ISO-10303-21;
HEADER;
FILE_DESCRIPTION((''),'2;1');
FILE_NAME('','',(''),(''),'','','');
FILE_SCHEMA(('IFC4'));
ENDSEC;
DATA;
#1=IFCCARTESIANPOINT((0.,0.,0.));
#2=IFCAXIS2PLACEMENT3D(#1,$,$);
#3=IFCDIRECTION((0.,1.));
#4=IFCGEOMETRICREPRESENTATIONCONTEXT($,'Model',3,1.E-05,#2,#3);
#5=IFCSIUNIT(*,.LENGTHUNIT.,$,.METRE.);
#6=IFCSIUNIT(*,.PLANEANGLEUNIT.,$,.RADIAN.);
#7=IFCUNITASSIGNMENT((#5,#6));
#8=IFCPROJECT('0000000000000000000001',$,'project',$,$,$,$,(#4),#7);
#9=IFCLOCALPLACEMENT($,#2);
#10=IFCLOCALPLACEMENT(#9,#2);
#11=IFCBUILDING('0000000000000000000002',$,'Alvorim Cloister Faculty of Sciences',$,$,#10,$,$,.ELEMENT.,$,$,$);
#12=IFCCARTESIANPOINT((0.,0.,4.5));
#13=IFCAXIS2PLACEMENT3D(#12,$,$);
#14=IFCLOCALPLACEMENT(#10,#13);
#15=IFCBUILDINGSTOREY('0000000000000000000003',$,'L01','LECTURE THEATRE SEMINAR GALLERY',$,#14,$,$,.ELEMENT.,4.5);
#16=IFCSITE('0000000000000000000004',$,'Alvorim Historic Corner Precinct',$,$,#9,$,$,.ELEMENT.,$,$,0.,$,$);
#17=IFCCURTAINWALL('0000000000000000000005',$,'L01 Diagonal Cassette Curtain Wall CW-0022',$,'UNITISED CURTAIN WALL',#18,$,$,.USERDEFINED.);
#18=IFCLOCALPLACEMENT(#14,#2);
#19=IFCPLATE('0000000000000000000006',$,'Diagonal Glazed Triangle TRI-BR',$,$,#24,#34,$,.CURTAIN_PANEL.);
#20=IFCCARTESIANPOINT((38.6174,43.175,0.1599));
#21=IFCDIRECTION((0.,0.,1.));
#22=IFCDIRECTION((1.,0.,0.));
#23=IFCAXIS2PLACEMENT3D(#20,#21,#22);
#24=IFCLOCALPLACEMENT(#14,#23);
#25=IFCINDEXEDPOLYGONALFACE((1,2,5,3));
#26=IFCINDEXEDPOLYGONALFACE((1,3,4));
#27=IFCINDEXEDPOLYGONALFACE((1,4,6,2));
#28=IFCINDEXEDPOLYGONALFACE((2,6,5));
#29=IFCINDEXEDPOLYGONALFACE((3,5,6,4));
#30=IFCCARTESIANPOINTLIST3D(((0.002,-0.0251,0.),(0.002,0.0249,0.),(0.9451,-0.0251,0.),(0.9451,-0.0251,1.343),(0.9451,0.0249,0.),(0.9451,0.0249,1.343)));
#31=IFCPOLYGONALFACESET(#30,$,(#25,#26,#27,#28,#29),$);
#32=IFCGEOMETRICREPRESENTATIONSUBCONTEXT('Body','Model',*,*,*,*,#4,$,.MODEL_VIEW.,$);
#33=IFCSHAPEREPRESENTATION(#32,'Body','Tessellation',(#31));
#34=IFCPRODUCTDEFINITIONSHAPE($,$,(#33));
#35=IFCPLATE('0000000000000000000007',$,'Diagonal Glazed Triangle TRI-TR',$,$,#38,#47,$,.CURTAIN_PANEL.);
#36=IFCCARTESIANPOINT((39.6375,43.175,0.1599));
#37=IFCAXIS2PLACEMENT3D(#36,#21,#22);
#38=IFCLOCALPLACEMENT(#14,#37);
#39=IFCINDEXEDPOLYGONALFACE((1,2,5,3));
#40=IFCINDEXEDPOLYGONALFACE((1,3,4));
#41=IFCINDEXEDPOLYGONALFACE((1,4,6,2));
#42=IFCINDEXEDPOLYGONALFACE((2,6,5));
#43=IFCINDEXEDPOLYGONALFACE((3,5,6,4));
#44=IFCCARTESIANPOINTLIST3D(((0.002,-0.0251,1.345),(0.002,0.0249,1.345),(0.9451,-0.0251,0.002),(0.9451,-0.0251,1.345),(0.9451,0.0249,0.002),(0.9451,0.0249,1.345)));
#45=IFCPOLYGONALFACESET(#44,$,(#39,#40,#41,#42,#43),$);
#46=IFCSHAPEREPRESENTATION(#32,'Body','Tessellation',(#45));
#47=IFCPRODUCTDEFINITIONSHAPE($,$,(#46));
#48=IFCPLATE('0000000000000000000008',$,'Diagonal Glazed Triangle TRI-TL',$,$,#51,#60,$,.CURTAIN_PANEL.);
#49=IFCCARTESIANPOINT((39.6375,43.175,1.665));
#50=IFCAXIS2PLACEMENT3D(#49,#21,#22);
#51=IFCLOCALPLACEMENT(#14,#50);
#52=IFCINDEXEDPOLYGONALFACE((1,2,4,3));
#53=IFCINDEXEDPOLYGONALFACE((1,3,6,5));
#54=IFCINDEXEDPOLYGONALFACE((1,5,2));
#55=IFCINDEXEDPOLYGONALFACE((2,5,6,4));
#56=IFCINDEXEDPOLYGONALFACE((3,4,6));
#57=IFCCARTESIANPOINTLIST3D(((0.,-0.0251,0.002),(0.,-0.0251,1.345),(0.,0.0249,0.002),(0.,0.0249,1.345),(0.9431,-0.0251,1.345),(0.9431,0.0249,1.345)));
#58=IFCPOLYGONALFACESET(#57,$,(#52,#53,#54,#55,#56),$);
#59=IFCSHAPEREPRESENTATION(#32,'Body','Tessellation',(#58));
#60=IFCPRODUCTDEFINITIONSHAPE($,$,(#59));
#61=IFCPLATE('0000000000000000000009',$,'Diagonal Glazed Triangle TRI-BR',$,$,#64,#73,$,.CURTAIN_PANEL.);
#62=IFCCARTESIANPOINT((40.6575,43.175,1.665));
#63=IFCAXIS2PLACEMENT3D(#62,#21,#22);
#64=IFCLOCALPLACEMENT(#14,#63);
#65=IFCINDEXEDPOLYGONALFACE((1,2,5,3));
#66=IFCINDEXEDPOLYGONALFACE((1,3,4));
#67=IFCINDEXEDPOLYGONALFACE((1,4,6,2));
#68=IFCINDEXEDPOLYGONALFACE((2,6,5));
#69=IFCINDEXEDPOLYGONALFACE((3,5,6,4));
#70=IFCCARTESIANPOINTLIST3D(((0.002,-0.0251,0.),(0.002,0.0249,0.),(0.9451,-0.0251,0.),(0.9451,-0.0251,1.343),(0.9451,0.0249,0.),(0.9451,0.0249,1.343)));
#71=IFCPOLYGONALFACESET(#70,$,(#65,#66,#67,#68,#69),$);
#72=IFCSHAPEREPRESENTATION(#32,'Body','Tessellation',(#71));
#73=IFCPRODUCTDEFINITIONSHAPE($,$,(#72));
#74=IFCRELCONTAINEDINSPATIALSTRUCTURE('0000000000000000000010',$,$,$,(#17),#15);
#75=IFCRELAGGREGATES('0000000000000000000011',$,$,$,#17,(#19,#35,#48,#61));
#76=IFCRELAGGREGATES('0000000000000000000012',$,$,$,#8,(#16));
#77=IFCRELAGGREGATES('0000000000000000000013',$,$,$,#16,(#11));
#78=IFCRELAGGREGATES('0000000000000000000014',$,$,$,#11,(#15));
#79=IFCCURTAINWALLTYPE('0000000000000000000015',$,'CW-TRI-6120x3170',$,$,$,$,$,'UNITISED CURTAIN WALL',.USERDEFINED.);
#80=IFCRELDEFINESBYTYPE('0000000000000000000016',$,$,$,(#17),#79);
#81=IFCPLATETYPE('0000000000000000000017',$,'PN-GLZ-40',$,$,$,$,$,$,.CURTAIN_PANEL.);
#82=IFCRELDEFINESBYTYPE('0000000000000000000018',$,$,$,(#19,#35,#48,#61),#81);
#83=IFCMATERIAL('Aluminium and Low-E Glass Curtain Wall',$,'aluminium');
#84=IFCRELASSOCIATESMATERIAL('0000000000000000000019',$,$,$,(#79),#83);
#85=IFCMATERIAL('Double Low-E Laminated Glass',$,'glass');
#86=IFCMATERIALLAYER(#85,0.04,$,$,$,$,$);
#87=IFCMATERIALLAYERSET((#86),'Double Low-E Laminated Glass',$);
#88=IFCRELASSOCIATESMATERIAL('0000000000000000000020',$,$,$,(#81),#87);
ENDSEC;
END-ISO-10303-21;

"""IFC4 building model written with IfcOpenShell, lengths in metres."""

from ifc_helpers import new_model, si_unit, direction, frame, origin, place, context, subcontext, project, spatial, polyline, outline, extrude, material, layer, layer_set, type_object, element, aggregate, save


model = new_model("IFC4")

# Units and contexts
model_context = context("Model", 3, precision=1e-05, world=origin(), true_north=direction((0.0, 1.0)))
body_context = subcontext(model_context, "Body", "Model", "MODEL_VIEW")
ifc_project = project(units=[si_unit("LENGTHUNIT", "METRE"), si_unit("PLANEANGLEUNIT", "RADIAN")], contexts=[model_context])

# Site, building, storey
site_placement = place(None, origin())
site = spatial("IfcSite", under=ifc_project, at=site_placement, Name="Alvorim Historic Corner Precinct", CompositionType="ELEMENT", RefElevation=0.0)
building_placement = place(site_placement, origin())
building = spatial("IfcBuilding", under=site, at=building_placement, Name="Alvorim Cloister Faculty of Sciences", CompositionType="ELEMENT")
storey_placement = place(building_placement, frame((0.0, 0.0, 4.5)))
storey = spatial("IfcBuildingStorey", under=building, at=storey_placement, Name="L01", Description="LECTURE THEATRE SEMINAR GALLERY", CompositionType="ELEMENT", Elevation=4.5)

# Curtain wall, plates
ifc_material_1 = material(Name="Aluminium and Low-E Glass Curtain Wall", Category="aluminium")
curtain_wall_type = type_object("IfcCurtainWallType", Name="CW-TRI-6120x3170", ElementType="UNITISED CURTAIN WALL", PredefinedType="USERDEFINED", material=ifc_material_1)
curtain_wall_placement = place(storey_placement, origin())
curtain_wall = element("IfcCurtainWall", 1, at=curtain_wall_placement, inside=storey, type_object=curtain_wall_type, Name="L01 Diagonal Cassette Curtain Wall CW-0022", ObjectType="UNITISED CURTAIN WALL", PredefinedType="USERDEFINED")
ifc_material_2 = material(Name="Double Low-E Laminated Glass", Category="glass")
ifc_layer = layer(ifc_material_2, 0.04)
ifc_layer_set = layer_set([ifc_layer], Name="Double Low-E Laminated Glass")
plate_type = type_object("IfcPlateType", Name="PN-GLZ-40", PredefinedType="CURTAIN_PANEL", material=ifc_layer_set)
plate_1_placement = place(storey_placement, frame((38.6174, 43.175, 0.1599), z_axis=(0.0, 0.0, 1.0), x_axis=(1.0, 0.0, 0.0)))
plate_1 = element("IfcPlate", 2, at=plate_1_placement, type_object=plate_type, Name="Diagonal Glazed Triangle TRI-BR", PredefinedType="CURTAIN_PANEL", context=body_context, shape_type="SweptSolid", body=[
    extrude(outline(polyline([(0.002, 0.0), (0.9451, 0.0), (0.9451, 1.343), (0.002, 0.0)])), frame((0.0, 0.0249, 0.0), z_axis=(0.0, -1.0, 0.0), x_axis=(1.0, 0.0, 0.0)), (0.0, 0.0, 1.0), 0.05),
])
plate_2_placement = place(storey_placement, frame((39.6375, 43.175, 0.1599), z_axis=(0.0, 0.0, 1.0), x_axis=(1.0, 0.0, 0.0)))
plate_2 = element("IfcPlate", 3, at=plate_2_placement, type_object=plate_type, Name="Diagonal Glazed Triangle TRI-TR", PredefinedType="CURTAIN_PANEL", context=body_context, shape_type="SweptSolid", body=[
    extrude(outline(polyline([(0.9451, 0.002), (0.9451, 1.345), (0.002, 1.345), (0.9451, 0.002)])), frame((0.0, 0.0249, 0.0), z_axis=(0.0, -1.0, 0.0), x_axis=(1.0, 0.0, 0.0)), (0.0, 0.0, 1.0), 0.05),
])
plate_3_placement = place(storey_placement, frame((39.6375, 43.175, 1.665), z_axis=(0.0, 0.0, 1.0), x_axis=(1.0, 0.0, 0.0)))
plate_3 = element("IfcPlate", 4, at=plate_3_placement, type_object=plate_type, Name="Diagonal Glazed Triangle TRI-TL", PredefinedType="CURTAIN_PANEL", context=body_context, shape_type="SweptSolid", body=[
    extrude(outline(polyline([(0.9431, 1.345), (0.0, 1.345), (0.0, 0.002), (0.9431, 1.345)])), frame((0.0, 0.0249, 0.0), z_axis=(0.0, -1.0, 0.0), x_axis=(1.0, 0.0, 0.0)), (0.0, 0.0, 1.0), 0.05),
])
plate_4_placement = place(storey_placement, frame((40.6575, 43.175, 1.665), z_axis=(0.0, 0.0, 1.0), x_axis=(1.0, 0.0, 0.0)))
plate_4 = element("IfcPlate", 5, at=plate_4_placement, type_object=plate_type, Name="Diagonal Glazed Triangle TRI-BR", PredefinedType="CURTAIN_PANEL", context=body_context, shape_type="SweptSolid", body=[
    extrude(outline(polyline([(0.002, 0.0), (0.9451, 0.0), (0.9451, 1.343), (0.002, 0.0)])), frame((0.0, 0.0249, 0.0), z_axis=(0.0, -1.0, 0.0), x_axis=(1.0, 0.0, 0.0)), (0.0, 0.0, 1.0), 0.05),
])
aggregate(curtain_wall, [plate_1, plate_2, plate_3, plate_4])

save(model, "model.ifc")
